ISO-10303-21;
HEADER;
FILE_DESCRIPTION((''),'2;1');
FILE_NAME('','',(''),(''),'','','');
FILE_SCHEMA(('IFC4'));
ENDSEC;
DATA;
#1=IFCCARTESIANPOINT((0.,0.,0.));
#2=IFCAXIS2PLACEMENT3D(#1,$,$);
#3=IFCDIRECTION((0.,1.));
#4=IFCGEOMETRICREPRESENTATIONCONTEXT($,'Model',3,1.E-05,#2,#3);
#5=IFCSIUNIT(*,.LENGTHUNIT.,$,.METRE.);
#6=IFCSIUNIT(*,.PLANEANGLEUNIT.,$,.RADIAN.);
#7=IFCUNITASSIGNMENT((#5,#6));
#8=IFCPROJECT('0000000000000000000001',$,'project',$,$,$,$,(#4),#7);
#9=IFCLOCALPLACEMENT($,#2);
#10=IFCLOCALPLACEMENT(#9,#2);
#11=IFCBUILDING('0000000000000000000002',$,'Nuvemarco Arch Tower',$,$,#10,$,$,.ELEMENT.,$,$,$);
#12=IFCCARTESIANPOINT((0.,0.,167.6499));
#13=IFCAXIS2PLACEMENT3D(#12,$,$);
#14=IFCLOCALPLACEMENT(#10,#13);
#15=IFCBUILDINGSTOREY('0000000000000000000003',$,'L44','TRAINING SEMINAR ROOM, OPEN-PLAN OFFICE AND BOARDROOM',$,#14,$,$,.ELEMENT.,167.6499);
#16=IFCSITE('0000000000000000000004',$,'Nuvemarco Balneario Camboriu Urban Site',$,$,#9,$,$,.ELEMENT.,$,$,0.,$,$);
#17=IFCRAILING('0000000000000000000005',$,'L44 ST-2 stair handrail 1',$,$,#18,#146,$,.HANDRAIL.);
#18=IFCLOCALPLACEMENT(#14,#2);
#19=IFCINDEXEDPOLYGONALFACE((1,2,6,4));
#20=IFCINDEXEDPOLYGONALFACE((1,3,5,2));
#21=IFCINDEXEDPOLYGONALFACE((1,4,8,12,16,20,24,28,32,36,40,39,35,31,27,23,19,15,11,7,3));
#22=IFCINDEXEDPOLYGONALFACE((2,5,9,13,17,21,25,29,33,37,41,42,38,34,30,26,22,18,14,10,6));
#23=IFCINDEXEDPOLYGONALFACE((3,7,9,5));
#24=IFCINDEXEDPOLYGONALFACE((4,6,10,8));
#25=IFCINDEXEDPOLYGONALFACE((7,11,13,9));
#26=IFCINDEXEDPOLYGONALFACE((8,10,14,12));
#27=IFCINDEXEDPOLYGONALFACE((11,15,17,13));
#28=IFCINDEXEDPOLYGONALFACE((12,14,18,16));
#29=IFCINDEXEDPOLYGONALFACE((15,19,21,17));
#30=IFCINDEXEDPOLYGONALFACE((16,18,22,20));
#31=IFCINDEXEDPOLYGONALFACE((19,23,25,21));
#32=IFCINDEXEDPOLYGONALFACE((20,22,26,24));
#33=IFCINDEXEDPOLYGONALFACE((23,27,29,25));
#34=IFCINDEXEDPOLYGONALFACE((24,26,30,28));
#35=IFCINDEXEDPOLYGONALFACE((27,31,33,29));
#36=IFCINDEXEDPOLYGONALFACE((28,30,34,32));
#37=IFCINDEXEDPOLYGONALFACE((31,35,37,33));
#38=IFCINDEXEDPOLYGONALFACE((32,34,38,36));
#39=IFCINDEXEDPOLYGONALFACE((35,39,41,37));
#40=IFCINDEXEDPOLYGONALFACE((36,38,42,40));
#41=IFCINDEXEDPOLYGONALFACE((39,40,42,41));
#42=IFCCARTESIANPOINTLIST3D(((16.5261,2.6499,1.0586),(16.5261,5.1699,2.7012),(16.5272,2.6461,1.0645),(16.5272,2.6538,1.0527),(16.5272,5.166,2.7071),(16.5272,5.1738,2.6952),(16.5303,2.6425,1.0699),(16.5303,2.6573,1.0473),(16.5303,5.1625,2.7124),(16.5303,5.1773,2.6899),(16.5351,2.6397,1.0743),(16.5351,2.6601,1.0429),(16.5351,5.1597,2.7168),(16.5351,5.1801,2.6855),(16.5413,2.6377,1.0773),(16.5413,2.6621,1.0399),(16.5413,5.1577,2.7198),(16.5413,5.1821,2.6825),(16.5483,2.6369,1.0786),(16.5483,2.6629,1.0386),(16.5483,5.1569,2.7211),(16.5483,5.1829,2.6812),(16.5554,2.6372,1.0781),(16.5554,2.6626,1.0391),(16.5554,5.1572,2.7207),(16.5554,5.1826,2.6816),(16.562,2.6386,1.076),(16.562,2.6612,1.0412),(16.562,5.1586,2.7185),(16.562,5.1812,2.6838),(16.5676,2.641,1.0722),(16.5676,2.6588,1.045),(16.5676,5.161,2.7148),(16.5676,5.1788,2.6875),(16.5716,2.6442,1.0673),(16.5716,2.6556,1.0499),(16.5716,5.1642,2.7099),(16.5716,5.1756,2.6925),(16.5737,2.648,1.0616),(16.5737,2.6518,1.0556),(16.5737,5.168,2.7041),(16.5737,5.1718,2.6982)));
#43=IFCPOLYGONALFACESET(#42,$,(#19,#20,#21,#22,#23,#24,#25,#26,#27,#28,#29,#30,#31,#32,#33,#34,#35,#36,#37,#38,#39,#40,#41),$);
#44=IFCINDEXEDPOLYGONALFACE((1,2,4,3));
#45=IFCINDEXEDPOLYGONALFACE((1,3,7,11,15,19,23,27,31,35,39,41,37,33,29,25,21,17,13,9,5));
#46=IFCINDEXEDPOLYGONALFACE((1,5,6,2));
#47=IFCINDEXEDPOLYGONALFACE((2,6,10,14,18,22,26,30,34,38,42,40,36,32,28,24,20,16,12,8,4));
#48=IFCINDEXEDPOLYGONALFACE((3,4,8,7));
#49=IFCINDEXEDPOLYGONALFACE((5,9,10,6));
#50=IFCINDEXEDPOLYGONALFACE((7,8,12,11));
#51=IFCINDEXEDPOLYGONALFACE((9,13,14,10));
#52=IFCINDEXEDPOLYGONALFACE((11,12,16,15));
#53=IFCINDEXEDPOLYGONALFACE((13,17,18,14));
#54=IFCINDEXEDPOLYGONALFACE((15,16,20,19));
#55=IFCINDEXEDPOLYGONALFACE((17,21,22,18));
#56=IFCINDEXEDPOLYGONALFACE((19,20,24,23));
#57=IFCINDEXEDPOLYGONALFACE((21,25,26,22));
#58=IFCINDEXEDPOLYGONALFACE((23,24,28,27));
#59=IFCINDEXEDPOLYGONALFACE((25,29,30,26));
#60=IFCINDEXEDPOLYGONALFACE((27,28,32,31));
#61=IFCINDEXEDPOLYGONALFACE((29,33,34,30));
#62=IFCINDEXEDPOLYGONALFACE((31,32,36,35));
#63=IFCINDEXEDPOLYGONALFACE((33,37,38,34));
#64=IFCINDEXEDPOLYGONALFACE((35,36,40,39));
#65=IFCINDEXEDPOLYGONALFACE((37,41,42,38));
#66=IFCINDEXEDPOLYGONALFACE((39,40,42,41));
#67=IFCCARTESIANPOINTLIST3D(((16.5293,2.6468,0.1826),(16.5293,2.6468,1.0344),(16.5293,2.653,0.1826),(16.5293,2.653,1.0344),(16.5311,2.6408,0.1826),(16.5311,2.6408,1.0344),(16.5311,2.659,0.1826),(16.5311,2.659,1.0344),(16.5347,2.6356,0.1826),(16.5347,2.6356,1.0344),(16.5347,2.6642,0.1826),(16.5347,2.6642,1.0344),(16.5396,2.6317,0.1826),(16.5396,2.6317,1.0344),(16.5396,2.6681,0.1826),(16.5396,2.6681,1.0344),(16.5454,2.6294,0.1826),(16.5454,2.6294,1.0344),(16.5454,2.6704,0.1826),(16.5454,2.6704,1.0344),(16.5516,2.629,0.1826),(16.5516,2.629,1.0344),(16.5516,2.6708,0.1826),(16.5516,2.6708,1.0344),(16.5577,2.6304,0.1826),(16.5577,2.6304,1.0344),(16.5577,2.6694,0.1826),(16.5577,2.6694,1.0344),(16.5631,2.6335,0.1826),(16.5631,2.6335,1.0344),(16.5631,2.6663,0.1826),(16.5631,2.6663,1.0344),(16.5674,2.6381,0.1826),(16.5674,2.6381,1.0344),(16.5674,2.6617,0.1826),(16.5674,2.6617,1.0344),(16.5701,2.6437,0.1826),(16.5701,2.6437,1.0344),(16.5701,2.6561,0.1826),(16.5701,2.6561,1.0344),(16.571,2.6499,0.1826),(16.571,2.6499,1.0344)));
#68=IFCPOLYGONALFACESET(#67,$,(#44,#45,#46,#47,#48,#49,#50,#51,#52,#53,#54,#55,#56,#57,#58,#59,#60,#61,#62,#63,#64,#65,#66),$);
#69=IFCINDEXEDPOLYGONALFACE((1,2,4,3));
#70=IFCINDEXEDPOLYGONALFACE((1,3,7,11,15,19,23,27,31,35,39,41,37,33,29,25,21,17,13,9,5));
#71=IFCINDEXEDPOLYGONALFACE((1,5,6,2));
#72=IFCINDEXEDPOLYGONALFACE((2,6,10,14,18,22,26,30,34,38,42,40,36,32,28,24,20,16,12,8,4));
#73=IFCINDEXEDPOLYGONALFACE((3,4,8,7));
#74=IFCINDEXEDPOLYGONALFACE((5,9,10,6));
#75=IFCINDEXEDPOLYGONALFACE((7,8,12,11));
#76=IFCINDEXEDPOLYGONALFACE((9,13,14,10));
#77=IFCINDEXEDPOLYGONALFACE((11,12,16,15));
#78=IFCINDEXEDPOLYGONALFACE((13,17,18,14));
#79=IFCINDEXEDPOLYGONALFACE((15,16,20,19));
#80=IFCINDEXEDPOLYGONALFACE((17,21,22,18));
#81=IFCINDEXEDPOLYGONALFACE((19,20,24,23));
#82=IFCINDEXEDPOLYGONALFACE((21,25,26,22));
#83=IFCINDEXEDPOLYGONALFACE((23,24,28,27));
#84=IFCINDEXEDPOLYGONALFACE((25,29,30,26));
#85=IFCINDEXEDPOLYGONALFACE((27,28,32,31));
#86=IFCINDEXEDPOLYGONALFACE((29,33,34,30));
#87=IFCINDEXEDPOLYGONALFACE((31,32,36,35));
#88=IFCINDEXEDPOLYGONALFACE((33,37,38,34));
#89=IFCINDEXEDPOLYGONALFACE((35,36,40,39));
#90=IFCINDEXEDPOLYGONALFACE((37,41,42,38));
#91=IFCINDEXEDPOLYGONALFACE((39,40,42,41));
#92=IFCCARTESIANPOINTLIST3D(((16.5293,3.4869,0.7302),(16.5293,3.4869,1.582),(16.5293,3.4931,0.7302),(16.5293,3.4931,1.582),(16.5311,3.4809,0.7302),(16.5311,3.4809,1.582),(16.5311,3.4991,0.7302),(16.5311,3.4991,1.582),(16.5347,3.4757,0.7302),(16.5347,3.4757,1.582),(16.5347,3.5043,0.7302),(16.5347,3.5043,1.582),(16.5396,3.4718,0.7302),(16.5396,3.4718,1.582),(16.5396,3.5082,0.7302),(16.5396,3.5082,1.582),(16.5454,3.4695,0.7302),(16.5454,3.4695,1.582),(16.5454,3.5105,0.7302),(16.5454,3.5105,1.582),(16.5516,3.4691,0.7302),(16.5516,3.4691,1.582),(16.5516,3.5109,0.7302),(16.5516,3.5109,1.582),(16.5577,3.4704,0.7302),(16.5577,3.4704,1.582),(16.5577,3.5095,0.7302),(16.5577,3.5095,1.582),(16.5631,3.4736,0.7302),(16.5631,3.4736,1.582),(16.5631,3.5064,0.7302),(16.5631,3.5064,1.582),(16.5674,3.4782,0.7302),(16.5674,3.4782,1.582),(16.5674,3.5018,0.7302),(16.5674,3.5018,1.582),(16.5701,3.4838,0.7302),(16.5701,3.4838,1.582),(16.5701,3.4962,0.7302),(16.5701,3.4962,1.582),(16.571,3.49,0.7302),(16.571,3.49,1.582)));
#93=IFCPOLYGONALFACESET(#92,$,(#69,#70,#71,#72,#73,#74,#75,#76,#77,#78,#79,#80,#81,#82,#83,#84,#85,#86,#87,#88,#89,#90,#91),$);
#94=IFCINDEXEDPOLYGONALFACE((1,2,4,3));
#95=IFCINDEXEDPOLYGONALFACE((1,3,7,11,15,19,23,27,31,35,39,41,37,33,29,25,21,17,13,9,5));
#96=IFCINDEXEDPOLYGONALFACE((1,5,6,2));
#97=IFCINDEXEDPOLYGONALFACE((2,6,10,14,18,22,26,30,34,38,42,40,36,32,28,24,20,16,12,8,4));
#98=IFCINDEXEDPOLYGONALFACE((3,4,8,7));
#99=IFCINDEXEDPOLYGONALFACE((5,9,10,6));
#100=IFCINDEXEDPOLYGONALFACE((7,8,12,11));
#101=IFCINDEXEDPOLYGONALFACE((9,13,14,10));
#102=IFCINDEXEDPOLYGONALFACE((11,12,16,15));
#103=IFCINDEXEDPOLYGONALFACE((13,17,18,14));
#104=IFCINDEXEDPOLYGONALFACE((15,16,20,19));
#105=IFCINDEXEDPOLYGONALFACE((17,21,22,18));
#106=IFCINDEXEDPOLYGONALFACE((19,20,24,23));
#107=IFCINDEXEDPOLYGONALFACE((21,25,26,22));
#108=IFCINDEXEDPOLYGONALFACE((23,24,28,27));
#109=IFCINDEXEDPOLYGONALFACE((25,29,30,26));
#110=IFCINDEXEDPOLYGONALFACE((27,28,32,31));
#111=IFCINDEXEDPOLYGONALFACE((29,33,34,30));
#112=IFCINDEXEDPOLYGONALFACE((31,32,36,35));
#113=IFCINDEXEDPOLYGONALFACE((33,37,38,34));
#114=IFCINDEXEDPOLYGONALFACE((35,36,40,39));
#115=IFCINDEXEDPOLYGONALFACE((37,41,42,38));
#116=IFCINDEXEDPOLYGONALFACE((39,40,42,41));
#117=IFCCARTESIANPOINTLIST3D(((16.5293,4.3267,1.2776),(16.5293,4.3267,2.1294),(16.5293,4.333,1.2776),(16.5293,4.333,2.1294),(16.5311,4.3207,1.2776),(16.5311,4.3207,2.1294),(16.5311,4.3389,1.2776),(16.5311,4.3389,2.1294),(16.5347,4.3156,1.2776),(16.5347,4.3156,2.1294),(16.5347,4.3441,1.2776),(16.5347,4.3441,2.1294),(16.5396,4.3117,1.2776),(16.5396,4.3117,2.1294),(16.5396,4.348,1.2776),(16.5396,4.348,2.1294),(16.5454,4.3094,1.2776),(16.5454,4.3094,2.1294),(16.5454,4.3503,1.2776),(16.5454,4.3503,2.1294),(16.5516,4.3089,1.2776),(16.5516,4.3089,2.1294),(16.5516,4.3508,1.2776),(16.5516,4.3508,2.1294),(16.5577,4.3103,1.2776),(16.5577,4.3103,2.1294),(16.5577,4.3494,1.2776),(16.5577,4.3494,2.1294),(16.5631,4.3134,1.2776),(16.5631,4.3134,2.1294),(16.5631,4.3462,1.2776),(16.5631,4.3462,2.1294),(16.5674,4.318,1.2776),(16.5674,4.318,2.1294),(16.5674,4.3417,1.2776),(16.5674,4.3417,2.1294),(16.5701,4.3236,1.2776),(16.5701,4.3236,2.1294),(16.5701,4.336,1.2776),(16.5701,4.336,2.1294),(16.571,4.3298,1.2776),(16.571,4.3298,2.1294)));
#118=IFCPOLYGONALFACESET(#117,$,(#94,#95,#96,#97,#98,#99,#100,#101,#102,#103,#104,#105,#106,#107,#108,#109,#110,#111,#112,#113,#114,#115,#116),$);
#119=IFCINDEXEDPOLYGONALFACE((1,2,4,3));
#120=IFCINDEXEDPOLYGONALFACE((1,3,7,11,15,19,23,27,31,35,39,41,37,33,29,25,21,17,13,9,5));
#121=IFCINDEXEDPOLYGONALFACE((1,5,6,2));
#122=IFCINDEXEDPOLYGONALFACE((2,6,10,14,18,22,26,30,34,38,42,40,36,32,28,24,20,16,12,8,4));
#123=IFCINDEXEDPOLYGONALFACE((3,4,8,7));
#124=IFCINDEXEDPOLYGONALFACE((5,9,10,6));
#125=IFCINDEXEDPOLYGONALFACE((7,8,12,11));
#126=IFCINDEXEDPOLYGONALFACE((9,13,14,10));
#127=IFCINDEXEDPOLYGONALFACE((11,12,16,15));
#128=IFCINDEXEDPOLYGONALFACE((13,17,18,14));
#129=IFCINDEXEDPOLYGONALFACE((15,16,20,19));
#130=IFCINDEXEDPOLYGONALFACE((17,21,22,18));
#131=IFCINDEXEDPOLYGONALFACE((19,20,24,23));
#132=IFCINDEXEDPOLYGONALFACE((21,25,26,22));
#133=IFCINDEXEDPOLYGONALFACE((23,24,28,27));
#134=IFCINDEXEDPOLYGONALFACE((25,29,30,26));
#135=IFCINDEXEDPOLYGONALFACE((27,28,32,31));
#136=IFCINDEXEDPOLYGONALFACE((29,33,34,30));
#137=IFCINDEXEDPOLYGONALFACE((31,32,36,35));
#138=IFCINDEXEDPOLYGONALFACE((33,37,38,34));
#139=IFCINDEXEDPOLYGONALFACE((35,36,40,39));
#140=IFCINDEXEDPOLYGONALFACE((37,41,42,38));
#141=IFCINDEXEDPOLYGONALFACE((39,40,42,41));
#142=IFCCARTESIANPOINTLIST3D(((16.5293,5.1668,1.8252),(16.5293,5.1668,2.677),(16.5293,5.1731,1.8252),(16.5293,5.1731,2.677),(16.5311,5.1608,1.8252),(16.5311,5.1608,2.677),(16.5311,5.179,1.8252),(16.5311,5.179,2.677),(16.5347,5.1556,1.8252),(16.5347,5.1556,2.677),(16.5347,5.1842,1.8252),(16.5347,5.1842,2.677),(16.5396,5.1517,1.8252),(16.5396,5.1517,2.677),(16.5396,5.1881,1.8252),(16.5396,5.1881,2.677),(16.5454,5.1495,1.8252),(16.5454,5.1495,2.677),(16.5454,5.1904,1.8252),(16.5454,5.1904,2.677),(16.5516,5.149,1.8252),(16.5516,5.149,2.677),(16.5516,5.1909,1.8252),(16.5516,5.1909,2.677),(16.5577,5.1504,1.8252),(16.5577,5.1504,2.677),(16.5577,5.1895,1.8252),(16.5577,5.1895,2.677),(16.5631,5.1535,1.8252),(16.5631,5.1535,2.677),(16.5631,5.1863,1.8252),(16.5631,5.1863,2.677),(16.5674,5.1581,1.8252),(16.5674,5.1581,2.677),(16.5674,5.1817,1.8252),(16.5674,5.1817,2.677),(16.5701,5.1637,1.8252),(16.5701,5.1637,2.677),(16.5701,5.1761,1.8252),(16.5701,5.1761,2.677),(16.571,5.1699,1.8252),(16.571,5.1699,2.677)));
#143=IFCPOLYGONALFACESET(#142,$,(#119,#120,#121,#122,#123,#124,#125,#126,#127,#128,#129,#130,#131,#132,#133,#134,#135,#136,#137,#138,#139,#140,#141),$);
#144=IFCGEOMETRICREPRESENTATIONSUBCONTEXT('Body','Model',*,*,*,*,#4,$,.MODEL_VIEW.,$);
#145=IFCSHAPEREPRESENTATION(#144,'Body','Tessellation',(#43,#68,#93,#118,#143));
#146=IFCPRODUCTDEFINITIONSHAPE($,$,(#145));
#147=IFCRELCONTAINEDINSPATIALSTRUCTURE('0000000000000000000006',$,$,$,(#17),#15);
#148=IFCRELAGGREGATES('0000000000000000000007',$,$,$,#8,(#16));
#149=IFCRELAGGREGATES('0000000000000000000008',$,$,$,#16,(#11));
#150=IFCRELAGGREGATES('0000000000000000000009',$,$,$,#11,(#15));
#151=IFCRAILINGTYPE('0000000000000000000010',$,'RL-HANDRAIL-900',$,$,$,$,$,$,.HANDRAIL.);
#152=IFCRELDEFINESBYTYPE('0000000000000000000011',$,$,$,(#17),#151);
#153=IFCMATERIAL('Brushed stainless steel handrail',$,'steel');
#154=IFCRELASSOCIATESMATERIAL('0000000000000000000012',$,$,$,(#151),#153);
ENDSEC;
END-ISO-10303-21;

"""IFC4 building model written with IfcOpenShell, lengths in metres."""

from ifc_helpers import new_model, si_unit, direction, frame, origin, origin_2d, place, context, subcontext, project, spatial, circle, extrude, material, type_object, element, save


model = new_model("IFC4")

# Units and contexts
model_context = context("Model", 3, precision=1e-05, world=origin(), true_north=direction((0.0, 1.0)))
body_context = subcontext(model_context, "Body", "Model", "MODEL_VIEW")
ifc_project = project(units=[si_unit("LENGTHUNIT", "METRE"), si_unit("PLANEANGLEUNIT", "RADIAN")], contexts=[model_context])

# Site, building, storey
site_placement = place(None, origin())
site = spatial("IfcSite", under=ifc_project, at=site_placement, Name="Nuvemarco Balneario Camboriu Urban Site", CompositionType="ELEMENT", RefElevation=0.0)
building_placement = place(site_placement, origin())
building = spatial("IfcBuilding", under=site, at=building_placement, Name="Nuvemarco Arch Tower", CompositionType="ELEMENT")
storey_placement = place(building_placement, frame((0.0, 0.0, 167.6499)))
storey = spatial("IfcBuildingStorey", under=building, at=storey_placement, Name="L44", Description="TRAINING SEMINAR ROOM, OPEN-PLAN OFFICE AND BOARDROOM", CompositionType="ELEMENT", Elevation=167.6499)

# Railing
ifc_material_1 = material(Name="Brushed stainless steel handrail", Category="steel")
railing_type_1 = type_object("IfcRailingType", Name="RL-HANDRAIL-900", PredefinedType="HANDRAIL", material=ifc_material_1)
railing_1_placement = place(storey_placement, frame((16.55, 2.6499, 0.1826)))
element("IfcRailing", 1, at=railing_1_placement, inside=storey, type_object=railing_type_1, Name="L44 ST-2 stair handrail 1", PredefinedType="HANDRAIL", context=body_context, shape_type="SweptSolid", body=[
    extrude(circle(Radius=0.0239, at=origin_2d()), frame((0.0, 0.0, 0.876), z_axis=(0.0, 0.837749, 0.546055), x_axis=(-1.0, 0.0, 0.0)), (0.0, 0.0, 1.0), 3.0081),
    extrude(circle(Radius=0.021, at=origin_2d()), origin(), (0.0, 0.0, 1.0), 0.8518),
    extrude(circle(Radius=0.021, at=origin_2d()), frame((0.0, 0.8401, 0.5476)), (0.0, 0.0, 1.0), 0.8518),
    extrude(circle(Radius=0.021, at=origin_2d()), frame((0.0, 1.6799, 1.095)), (0.0, 0.0, 1.0), 0.8518),
    extrude(circle(Radius=0.021, at=origin_2d()), frame((0.0, 2.52, 1.6426)), (0.0, 0.0, 1.0), 0.8518),
])

save(model, "model.ifc")
